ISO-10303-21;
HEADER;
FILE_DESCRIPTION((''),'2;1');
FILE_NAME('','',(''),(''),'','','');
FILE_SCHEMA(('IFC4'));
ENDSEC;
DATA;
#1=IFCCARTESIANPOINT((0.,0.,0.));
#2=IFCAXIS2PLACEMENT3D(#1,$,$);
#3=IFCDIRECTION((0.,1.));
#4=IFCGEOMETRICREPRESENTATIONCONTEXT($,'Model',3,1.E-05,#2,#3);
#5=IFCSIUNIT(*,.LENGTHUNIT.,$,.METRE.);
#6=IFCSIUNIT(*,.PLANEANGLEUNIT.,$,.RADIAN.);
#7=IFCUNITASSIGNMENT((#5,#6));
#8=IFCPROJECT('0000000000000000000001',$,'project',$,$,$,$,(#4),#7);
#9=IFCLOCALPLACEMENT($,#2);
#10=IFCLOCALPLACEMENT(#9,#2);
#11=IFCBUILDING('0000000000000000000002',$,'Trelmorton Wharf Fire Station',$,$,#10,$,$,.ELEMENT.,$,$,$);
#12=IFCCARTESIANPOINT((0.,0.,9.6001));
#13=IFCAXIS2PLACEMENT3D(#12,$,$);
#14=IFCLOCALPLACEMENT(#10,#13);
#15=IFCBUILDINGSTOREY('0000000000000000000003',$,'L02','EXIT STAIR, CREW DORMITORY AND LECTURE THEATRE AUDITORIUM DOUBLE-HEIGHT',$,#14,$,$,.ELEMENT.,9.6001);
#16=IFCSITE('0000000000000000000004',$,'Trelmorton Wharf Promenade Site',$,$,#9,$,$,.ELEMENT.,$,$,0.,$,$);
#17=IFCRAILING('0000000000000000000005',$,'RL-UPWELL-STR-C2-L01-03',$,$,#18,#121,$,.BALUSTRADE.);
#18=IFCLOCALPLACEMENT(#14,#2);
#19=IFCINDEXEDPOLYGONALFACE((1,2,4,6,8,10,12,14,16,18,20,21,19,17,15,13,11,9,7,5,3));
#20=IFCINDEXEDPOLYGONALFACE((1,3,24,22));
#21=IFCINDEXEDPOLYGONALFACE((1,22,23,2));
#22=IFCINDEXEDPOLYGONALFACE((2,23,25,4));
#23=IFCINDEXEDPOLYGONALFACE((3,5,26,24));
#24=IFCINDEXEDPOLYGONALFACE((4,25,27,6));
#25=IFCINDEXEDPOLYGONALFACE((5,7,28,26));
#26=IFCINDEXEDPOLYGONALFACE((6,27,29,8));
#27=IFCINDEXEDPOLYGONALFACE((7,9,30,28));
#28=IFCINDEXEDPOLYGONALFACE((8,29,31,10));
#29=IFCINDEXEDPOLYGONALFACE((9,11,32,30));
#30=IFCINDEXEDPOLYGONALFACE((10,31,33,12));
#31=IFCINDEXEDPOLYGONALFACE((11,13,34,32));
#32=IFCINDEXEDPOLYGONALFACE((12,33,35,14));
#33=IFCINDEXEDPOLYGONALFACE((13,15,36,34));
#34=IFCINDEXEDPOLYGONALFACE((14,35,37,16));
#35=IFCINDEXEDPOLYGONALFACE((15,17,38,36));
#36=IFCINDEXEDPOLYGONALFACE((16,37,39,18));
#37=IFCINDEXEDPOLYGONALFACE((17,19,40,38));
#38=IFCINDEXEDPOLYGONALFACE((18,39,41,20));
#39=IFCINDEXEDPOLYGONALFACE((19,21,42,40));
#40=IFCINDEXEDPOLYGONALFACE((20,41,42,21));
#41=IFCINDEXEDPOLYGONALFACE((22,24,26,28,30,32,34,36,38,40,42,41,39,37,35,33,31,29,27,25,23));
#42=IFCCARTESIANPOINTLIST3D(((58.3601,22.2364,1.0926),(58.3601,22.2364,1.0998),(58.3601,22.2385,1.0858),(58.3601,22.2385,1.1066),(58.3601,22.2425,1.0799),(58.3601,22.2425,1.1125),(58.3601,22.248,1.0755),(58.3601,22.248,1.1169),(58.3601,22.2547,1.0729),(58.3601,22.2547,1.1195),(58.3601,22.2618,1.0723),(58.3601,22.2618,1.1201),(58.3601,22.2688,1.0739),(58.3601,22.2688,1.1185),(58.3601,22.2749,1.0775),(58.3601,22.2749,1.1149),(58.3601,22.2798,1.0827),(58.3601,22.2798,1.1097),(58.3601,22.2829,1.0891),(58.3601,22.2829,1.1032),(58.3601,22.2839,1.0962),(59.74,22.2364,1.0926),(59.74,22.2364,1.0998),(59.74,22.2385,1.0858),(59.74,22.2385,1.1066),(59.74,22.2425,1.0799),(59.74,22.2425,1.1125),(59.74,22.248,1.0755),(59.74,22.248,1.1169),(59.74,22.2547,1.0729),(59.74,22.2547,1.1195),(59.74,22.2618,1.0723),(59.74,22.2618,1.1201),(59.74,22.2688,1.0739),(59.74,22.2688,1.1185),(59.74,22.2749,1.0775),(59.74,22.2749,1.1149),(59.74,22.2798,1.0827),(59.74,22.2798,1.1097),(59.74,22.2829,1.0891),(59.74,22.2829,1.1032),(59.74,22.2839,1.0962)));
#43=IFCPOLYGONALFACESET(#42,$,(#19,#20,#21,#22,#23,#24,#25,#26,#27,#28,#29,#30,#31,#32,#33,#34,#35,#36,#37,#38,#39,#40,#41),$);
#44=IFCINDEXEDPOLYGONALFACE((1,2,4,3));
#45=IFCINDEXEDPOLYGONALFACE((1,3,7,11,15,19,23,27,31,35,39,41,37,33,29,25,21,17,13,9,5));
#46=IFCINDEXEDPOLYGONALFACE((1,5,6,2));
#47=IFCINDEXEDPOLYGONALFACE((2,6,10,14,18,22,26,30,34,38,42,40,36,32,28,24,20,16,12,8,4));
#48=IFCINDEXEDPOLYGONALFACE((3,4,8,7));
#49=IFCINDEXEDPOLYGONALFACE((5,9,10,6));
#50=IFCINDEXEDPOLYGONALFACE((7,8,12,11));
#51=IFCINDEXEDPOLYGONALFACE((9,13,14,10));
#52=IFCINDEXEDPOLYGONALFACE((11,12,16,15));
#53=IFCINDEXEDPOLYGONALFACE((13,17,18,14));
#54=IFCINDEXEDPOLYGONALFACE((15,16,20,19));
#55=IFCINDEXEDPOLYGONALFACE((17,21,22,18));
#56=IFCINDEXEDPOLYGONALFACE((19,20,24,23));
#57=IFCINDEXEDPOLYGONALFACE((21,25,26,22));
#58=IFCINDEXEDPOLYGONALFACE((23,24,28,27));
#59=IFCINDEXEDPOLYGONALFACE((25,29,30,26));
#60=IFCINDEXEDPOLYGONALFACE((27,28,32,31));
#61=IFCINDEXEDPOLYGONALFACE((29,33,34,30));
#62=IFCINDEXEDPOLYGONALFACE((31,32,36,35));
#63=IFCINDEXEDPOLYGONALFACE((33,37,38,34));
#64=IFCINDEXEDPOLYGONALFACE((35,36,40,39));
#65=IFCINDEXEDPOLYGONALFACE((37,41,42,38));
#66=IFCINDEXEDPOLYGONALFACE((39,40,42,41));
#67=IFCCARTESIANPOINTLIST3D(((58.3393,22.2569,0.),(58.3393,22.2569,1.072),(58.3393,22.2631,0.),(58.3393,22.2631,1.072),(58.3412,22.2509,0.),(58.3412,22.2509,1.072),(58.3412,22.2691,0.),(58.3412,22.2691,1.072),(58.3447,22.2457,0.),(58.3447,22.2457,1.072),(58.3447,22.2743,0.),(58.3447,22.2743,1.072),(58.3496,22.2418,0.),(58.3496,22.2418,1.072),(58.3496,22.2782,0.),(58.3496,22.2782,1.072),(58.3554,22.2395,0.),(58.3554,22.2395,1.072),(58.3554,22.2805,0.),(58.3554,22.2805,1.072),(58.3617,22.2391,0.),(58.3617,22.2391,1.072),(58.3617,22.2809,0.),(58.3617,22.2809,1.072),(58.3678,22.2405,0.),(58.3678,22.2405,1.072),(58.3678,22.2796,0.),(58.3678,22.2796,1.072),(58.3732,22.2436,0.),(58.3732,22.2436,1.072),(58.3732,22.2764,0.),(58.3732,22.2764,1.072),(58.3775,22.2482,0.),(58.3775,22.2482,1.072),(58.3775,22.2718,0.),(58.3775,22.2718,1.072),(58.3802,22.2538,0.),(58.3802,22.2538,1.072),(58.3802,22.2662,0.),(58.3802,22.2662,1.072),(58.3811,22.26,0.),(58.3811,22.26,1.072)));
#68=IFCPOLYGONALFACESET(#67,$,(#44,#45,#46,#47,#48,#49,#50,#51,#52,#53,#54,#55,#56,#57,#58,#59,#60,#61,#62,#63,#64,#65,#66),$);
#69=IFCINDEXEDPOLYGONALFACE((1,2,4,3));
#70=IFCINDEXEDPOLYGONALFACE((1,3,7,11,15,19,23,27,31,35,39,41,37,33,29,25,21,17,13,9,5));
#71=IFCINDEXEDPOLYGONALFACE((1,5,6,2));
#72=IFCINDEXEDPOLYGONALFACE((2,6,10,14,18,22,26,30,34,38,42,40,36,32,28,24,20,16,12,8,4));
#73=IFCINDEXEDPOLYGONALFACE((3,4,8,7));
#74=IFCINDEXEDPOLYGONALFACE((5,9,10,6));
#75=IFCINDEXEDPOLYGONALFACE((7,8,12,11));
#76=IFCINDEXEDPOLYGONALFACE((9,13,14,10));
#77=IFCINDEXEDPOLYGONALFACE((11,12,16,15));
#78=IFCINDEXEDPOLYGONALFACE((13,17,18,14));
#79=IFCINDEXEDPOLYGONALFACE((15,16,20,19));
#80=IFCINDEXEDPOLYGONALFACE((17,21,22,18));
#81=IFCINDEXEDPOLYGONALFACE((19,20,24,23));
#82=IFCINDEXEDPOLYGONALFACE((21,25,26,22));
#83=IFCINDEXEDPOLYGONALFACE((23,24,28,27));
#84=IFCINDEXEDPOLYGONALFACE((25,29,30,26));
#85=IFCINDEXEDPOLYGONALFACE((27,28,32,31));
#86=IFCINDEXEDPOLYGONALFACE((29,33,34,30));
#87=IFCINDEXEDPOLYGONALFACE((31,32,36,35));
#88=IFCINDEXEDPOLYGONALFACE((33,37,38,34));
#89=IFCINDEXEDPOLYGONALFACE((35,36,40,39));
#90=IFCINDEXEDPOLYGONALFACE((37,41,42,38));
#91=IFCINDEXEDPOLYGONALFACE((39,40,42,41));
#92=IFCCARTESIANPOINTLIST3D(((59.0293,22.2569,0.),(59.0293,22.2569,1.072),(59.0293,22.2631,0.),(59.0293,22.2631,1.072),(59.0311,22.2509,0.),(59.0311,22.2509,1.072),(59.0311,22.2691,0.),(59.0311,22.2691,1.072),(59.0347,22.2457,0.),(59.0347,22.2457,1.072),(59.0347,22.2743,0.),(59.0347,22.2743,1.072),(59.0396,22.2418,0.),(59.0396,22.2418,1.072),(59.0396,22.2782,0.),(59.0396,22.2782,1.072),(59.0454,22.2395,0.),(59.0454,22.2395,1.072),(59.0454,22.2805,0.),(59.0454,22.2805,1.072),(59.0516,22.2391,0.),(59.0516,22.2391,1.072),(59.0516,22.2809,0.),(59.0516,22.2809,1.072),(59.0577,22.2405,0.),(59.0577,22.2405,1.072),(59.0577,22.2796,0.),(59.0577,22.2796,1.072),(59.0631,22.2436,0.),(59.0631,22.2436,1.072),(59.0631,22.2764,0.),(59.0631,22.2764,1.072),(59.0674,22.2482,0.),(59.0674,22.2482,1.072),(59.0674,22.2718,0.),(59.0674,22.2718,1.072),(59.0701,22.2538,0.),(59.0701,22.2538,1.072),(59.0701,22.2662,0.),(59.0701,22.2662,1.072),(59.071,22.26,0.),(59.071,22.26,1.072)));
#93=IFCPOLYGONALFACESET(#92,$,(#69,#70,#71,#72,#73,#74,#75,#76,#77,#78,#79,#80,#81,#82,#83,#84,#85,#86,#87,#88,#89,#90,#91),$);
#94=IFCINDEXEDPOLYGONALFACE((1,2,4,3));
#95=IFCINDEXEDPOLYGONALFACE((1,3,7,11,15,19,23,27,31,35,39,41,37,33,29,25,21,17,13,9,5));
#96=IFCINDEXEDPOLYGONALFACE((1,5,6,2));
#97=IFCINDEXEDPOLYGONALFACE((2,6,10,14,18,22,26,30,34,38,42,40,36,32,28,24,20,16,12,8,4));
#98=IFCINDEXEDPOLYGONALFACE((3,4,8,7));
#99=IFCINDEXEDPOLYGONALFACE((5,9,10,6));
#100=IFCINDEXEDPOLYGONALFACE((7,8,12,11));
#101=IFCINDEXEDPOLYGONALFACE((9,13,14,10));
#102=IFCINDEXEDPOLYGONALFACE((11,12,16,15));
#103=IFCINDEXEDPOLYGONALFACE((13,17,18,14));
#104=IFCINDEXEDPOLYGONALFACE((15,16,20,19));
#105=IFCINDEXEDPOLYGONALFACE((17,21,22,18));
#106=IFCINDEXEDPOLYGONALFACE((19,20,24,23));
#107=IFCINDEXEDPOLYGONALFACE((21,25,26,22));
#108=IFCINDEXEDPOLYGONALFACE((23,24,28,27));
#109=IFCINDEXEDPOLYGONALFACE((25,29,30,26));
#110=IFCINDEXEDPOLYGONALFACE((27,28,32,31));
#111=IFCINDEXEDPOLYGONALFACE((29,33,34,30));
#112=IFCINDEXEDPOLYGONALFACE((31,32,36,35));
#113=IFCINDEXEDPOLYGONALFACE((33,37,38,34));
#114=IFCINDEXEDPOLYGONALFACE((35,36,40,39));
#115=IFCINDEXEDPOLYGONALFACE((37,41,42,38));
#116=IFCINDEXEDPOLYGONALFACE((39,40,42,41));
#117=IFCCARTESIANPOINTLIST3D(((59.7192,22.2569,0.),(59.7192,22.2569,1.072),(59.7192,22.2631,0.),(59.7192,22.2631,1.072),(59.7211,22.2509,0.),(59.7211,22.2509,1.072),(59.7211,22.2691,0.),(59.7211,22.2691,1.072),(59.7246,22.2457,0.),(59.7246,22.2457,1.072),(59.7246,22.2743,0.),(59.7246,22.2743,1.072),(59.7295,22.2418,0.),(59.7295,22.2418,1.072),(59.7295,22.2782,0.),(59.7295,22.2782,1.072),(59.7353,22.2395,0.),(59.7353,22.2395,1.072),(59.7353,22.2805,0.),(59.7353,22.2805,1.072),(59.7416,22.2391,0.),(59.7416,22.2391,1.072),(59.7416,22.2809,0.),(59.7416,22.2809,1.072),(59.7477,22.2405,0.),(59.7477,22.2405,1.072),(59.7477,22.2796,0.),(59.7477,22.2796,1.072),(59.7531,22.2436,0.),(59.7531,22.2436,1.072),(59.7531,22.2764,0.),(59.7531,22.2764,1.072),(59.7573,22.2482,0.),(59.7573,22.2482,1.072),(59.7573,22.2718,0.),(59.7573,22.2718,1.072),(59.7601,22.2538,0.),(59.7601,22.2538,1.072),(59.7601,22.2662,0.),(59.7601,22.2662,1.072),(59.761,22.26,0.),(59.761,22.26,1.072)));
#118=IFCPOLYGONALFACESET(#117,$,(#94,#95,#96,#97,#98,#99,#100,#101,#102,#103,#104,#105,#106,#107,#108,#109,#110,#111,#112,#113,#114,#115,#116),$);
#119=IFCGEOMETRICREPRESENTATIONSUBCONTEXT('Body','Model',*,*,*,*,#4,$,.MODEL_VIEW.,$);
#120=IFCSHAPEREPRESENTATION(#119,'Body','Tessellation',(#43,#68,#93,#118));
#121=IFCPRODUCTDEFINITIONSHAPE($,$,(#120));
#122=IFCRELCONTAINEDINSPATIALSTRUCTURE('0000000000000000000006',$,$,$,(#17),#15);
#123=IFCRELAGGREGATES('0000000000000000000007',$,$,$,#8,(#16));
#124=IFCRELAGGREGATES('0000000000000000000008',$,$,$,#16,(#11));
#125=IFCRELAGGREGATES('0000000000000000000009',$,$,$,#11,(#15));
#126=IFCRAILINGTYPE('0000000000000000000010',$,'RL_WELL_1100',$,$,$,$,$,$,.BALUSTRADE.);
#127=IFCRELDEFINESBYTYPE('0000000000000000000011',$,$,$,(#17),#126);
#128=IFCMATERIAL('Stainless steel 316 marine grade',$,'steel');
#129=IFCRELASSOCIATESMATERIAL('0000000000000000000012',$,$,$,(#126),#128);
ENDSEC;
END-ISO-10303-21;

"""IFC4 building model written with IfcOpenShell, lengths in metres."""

from ifc_helpers import new_model, si_unit, direction, frame, origin, origin_2d, place, context, subcontext, project, spatial, circle, extrude, material, type_object, element, save


model = new_model("IFC4")

# Units and contexts
model_context = context("Model", 3, precision=1e-05, world=origin(), true_north=direction((0.0, 1.0)))
body_context = subcontext(model_context, "Body", "Model", "MODEL_VIEW")
ifc_project = project(units=[si_unit("LENGTHUNIT", "METRE"), si_unit("PLANEANGLEUNIT", "RADIAN")], contexts=[model_context])

# Site, building, storey
site_placement = place(None, origin())
site = spatial("IfcSite", under=ifc_project, at=site_placement, Name="Trelmorton Wharf Promenade Site", CompositionType="ELEMENT", RefElevation=0.0)
building_placement = place(site_placement, origin())
building = spatial("IfcBuilding", under=site, at=building_placement, Name="Trelmorton Wharf Fire Station", CompositionType="ELEMENT")
storey_placement = place(building_placement, frame((0.0, 0.0, 9.6001)))
storey = spatial("IfcBuildingStorey", under=building, at=storey_placement, Name="L02", Description="EXIT STAIR, CREW DORMITORY AND LECTURE THEATRE AUDITORIUM DOUBLE-HEIGHT", CompositionType="ELEMENT", Elevation=9.6001)

# Shared definitions
ifc_material_1 = material(Name="Stainless steel 316 marine grade", Category="steel")

# Railing
railing_type_1 = type_object("IfcRailingType", Name="RL_WELL_1100", PredefinedType="BALUSTRADE", material=ifc_material_1)
railing_1_placement = place(storey_placement, frame((58.3601, 22.26, 0.0)))
element("IfcRailing", 1, at=railing_1_placement, inside=storey, type_object=railing_type_1, Name="RL-UPWELL-STR-C2-L01-03", PredefinedType="BALUSTRADE", context=body_context, shape_type="SweptSolid", body=[
    extrude(circle(Radius=0.0239, at=origin_2d()), frame((0.0, 0.0, 1.0962), z_axis=(1.0, 0.0, 0.0), x_axis=(0.0, 1.0, 0.0)), (0.0, 0.0, 1.0), 1.3799),
    extrude(circle(Radius=0.021, at=origin_2d()), origin(), (0.0, 0.0, 1.0), 1.072),
    extrude(circle(Radius=0.021, at=origin_2d()), frame((0.6899, 0.0, 0.0)), (0.0, 0.0, 1.0), 1.072),
    extrude(circle(Radius=0.021, at=origin_2d()), frame((1.3799, 0.0, 0.0)), (0.0, 0.0, 1.0), 1.072),
])

save(model, "model.ifc")
